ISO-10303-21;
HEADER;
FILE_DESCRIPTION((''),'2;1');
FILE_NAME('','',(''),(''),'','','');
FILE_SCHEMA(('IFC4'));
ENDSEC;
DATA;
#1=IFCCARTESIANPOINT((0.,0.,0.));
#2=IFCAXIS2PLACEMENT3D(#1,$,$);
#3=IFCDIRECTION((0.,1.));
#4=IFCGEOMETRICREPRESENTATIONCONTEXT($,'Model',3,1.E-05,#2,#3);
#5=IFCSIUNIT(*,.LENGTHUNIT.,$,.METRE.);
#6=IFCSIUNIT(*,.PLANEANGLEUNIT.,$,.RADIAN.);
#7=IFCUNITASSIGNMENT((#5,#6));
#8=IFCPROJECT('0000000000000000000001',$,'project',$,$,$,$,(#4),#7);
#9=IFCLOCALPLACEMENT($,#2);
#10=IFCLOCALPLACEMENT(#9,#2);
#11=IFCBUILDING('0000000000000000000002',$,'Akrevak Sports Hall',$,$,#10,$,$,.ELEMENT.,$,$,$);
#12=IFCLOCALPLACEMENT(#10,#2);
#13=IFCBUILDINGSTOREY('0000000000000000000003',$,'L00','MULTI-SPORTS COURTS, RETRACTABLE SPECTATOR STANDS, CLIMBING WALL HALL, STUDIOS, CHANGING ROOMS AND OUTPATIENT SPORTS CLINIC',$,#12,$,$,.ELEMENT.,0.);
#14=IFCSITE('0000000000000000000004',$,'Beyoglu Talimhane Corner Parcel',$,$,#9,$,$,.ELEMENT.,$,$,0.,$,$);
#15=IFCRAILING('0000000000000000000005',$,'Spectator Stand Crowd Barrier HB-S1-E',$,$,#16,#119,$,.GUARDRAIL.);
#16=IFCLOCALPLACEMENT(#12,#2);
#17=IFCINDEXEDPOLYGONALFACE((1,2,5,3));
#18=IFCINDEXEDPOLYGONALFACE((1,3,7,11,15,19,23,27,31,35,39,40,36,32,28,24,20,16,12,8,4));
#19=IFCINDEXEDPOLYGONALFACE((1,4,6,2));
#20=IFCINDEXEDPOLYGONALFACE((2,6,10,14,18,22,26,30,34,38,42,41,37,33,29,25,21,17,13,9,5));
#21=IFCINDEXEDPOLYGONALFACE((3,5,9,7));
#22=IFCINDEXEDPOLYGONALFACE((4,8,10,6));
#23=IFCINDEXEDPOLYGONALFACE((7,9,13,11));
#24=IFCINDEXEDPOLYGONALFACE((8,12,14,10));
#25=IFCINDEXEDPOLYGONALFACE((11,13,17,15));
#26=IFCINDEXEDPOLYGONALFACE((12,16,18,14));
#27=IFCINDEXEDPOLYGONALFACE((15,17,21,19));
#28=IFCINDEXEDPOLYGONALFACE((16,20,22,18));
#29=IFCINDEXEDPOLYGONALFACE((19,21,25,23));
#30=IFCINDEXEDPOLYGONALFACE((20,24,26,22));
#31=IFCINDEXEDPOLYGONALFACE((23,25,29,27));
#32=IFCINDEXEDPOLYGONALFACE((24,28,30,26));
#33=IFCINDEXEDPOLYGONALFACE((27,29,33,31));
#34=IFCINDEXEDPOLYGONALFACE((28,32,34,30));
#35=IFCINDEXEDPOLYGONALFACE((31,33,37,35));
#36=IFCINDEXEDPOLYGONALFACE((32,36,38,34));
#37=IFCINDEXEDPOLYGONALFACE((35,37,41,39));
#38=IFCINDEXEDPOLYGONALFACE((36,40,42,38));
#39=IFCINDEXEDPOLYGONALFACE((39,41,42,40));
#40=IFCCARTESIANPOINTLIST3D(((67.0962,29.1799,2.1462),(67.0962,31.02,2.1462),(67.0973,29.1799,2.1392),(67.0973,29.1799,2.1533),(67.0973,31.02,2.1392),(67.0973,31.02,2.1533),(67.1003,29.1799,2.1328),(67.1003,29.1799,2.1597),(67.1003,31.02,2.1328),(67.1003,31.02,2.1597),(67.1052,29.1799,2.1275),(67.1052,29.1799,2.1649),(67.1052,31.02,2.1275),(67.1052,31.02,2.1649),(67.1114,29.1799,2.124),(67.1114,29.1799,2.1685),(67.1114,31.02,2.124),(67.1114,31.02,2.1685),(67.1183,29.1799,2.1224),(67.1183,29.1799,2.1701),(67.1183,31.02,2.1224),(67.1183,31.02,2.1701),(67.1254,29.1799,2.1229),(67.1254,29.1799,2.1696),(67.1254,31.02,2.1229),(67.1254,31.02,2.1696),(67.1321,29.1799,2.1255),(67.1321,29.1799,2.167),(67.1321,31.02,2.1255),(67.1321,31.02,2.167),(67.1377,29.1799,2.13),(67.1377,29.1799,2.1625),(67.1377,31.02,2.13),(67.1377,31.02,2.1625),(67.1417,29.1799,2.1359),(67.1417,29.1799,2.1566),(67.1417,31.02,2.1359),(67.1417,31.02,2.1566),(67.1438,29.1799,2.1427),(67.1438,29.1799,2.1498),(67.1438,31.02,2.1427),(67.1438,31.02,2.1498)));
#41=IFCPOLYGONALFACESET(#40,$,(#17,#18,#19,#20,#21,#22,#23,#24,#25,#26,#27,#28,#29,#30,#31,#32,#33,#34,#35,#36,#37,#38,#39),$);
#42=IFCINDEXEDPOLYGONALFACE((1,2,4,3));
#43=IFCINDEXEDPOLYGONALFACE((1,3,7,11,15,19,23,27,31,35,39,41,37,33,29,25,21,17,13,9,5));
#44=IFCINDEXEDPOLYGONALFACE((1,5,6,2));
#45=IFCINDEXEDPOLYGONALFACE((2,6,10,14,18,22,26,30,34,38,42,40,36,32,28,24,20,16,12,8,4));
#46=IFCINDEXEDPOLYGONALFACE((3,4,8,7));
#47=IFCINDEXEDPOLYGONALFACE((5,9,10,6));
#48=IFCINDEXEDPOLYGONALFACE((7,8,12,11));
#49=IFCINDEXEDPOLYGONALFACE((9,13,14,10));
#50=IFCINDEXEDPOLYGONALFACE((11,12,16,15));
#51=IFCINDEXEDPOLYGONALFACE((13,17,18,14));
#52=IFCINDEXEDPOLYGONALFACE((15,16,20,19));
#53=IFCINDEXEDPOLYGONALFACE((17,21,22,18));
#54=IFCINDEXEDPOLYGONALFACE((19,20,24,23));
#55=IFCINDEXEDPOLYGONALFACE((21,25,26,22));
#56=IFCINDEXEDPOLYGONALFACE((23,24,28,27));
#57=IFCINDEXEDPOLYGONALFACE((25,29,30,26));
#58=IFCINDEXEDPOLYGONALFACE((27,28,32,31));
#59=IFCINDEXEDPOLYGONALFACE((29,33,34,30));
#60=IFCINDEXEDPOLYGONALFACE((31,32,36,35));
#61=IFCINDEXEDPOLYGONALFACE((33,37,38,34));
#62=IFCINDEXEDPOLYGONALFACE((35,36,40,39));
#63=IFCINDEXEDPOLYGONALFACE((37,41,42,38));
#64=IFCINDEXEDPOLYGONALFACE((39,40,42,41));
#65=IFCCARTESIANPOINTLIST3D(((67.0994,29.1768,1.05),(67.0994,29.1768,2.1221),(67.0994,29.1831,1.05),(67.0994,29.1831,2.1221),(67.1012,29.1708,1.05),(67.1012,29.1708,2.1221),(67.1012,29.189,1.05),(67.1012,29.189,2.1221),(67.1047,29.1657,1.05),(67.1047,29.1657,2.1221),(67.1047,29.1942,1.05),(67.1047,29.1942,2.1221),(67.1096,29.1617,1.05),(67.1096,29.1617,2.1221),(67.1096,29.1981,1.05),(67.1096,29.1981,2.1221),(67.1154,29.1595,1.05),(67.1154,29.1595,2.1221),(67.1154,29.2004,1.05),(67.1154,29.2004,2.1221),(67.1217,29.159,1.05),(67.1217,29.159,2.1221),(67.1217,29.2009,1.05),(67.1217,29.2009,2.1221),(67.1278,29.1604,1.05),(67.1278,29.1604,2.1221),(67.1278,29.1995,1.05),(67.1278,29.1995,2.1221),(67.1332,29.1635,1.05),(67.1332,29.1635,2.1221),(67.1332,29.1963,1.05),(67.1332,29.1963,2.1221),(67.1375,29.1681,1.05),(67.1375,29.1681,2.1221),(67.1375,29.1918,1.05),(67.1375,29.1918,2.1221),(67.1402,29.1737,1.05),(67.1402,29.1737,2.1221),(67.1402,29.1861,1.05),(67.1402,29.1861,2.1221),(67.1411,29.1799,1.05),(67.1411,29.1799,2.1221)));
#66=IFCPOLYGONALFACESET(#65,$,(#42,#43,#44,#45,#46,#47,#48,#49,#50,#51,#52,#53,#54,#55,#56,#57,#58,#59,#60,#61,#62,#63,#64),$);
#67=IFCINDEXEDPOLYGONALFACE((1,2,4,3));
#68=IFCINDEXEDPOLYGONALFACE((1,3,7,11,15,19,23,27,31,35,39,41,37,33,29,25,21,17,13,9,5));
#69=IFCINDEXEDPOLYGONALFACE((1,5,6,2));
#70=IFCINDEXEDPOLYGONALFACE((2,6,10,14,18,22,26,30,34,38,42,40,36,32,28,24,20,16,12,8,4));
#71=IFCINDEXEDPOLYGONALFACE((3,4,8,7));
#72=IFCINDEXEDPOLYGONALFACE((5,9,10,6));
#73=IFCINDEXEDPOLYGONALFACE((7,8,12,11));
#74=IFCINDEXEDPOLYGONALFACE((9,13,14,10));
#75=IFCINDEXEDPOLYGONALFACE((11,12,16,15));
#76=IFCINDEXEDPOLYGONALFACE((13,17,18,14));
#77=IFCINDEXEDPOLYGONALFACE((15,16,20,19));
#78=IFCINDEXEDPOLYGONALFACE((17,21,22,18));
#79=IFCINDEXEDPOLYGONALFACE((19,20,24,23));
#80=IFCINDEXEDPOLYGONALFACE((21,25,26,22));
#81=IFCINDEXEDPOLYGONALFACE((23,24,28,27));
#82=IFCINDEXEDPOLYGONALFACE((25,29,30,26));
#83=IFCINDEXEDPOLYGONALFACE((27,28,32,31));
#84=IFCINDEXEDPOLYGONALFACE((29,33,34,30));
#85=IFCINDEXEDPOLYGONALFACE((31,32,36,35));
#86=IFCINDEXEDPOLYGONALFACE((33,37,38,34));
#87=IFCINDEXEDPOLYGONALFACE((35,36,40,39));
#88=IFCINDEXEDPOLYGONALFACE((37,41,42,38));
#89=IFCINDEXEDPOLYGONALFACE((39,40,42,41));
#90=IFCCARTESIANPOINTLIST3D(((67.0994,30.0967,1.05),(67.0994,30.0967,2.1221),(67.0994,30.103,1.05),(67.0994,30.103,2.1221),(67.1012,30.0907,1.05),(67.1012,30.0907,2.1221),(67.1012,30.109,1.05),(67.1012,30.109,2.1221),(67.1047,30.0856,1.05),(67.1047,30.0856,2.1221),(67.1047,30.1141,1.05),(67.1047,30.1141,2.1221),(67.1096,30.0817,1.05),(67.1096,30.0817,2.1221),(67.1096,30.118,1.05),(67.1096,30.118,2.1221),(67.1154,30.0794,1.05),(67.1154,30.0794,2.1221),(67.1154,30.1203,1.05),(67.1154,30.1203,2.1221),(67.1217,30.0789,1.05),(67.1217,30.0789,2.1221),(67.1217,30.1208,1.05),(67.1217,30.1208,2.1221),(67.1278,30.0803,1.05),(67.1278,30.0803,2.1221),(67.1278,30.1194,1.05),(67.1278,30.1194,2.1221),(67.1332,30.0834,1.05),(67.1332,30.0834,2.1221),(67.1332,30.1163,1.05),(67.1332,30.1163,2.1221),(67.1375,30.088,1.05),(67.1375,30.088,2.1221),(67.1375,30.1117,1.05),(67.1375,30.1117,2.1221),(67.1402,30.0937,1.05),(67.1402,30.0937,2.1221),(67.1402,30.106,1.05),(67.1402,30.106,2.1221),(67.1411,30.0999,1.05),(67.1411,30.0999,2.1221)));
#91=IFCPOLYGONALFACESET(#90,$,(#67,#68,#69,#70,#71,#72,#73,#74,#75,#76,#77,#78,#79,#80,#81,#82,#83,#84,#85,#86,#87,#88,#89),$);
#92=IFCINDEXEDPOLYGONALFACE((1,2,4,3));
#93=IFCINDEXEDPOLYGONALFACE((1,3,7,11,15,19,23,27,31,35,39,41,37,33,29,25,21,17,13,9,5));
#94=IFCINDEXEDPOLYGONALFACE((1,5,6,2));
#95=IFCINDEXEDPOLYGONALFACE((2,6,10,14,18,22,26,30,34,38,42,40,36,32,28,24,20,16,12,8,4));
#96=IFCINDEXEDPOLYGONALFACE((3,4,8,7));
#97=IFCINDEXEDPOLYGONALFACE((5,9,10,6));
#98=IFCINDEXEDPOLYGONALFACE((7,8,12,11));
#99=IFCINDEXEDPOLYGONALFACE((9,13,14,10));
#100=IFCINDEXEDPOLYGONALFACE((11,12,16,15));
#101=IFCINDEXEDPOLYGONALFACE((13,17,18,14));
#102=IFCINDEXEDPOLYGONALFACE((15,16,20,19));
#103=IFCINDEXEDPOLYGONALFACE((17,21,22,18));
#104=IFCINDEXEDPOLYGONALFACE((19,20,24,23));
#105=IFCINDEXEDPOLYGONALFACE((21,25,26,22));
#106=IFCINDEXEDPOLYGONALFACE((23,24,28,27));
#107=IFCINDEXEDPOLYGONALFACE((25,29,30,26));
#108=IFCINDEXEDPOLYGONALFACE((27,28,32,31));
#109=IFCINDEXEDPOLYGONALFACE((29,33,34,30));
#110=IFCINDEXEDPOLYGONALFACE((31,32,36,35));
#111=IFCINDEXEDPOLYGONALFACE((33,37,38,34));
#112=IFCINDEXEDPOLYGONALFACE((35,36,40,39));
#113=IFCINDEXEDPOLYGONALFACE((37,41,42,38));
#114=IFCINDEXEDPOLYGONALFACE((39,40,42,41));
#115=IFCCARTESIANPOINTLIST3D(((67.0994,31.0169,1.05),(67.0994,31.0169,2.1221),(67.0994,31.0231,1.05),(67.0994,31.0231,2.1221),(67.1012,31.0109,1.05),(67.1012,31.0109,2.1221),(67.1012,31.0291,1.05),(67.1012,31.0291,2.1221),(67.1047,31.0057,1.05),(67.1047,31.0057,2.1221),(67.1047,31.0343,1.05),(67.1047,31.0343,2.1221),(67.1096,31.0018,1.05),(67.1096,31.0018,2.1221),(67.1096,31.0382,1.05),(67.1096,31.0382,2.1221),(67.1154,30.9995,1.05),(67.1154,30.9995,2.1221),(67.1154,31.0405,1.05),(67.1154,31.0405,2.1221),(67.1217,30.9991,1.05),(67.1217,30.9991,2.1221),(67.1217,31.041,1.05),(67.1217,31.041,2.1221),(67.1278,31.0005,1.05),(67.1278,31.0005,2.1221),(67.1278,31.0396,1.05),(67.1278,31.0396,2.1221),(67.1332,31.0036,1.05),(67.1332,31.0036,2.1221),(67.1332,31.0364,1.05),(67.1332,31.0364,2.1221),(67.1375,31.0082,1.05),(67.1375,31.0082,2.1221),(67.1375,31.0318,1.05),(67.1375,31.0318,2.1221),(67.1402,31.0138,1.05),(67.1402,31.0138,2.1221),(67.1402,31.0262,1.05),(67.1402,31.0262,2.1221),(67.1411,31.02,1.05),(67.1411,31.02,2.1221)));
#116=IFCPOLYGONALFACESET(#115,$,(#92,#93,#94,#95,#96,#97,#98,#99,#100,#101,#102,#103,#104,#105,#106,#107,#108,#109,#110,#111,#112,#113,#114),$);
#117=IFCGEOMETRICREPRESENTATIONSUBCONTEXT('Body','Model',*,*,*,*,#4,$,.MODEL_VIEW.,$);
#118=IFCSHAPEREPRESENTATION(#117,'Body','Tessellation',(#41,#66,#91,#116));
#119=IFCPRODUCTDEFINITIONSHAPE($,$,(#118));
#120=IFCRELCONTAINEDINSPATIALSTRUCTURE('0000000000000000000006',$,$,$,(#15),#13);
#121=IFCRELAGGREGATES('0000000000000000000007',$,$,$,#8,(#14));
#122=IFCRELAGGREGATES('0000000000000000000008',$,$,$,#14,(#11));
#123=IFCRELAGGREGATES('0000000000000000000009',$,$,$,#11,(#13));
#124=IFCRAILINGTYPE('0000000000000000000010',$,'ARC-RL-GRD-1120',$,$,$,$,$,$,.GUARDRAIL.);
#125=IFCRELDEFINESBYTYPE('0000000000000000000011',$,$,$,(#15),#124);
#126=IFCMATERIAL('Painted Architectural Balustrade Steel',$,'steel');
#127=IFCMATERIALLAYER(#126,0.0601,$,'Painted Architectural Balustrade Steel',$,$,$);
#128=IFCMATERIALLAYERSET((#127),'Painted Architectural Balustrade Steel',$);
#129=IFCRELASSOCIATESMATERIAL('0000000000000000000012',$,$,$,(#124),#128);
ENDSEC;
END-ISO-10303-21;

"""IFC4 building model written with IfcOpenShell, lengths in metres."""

from ifc_helpers import new_model, si_unit, direction, frame, origin, origin_2d, place, context, subcontext, project, spatial, circle, extrude, material, layer, layer_set, type_object, element, save


model = new_model("IFC4")

# Units and contexts
model_context = context("Model", 3, precision=1e-05, world=origin(), true_north=direction((0.0, 1.0)))
body_context = subcontext(model_context, "Body", "Model", "MODEL_VIEW")
ifc_project = project(units=[si_unit("LENGTHUNIT", "METRE"), si_unit("PLANEANGLEUNIT", "RADIAN")], contexts=[model_context])

# Site, building, storey
site_placement = place(None, origin())
site = spatial("IfcSite", under=ifc_project, at=site_placement, Name="Beyoglu Talimhane Corner Parcel", CompositionType="ELEMENT", RefElevation=0.0)
building_placement = place(site_placement, origin())
building = spatial("IfcBuilding", under=site, at=building_placement, Name="Akrevak Sports Hall", CompositionType="ELEMENT")
storey_placement = place(building_placement, origin())
storey = spatial("IfcBuildingStorey", under=building, at=storey_placement, Name="L00", Description="MULTI-SPORTS COURTS, RETRACTABLE SPECTATOR STANDS, CLIMBING WALL HALL, STUDIOS, CHANGING ROOMS AND OUTPATIENT SPORTS CLINIC", CompositionType="ELEMENT", Elevation=0.0)

# Railing
ifc_material_1 = material(Name="Painted Architectural Balustrade Steel", Category="steel")
ifc_layer_1 = layer(ifc_material_1, 0.0601, Name="Painted Architectural Balustrade Steel")
ifc_layer_set_1 = layer_set([ifc_layer_1], Name="Painted Architectural Balustrade Steel")
railing_type_1 = type_object("IfcRailingType", Name="ARC-RL-GRD-1120", PredefinedType="GUARDRAIL", material=ifc_layer_set_1)
railing_1_placement = place(storey_placement, frame((67.1201, 29.1799, 1.05)))
element("IfcRailing", 1, at=railing_1_placement, inside=storey, type_object=railing_type_1, Name="Spectator Stand Crowd Barrier HB-S1-E", PredefinedType="GUARDRAIL", context=body_context, shape_type="SweptSolid", body=[
    extrude(circle(Radius=0.0239, at=origin_2d()), frame((0.0, 0.0, 1.0962), z_axis=(0.0, 1.0, 0.0), x_axis=(-1.0, 0.0, 0.0)), (0.0, 0.0, 1.0), 1.8401),
    extrude(circle(Radius=0.021, at=origin_2d()), origin(), (0.0, 0.0, 1.0), 1.072),
    extrude(circle(Radius=0.021, at=origin_2d()), frame((0.0, 0.9199, 0.0)), (0.0, 0.0, 1.0), 1.072),
    extrude(circle(Radius=0.021, at=origin_2d()), frame((0.0, 1.8401, 0.0)), (0.0, 0.0, 1.0), 1.072),
])

save(model, "model.ifc")
